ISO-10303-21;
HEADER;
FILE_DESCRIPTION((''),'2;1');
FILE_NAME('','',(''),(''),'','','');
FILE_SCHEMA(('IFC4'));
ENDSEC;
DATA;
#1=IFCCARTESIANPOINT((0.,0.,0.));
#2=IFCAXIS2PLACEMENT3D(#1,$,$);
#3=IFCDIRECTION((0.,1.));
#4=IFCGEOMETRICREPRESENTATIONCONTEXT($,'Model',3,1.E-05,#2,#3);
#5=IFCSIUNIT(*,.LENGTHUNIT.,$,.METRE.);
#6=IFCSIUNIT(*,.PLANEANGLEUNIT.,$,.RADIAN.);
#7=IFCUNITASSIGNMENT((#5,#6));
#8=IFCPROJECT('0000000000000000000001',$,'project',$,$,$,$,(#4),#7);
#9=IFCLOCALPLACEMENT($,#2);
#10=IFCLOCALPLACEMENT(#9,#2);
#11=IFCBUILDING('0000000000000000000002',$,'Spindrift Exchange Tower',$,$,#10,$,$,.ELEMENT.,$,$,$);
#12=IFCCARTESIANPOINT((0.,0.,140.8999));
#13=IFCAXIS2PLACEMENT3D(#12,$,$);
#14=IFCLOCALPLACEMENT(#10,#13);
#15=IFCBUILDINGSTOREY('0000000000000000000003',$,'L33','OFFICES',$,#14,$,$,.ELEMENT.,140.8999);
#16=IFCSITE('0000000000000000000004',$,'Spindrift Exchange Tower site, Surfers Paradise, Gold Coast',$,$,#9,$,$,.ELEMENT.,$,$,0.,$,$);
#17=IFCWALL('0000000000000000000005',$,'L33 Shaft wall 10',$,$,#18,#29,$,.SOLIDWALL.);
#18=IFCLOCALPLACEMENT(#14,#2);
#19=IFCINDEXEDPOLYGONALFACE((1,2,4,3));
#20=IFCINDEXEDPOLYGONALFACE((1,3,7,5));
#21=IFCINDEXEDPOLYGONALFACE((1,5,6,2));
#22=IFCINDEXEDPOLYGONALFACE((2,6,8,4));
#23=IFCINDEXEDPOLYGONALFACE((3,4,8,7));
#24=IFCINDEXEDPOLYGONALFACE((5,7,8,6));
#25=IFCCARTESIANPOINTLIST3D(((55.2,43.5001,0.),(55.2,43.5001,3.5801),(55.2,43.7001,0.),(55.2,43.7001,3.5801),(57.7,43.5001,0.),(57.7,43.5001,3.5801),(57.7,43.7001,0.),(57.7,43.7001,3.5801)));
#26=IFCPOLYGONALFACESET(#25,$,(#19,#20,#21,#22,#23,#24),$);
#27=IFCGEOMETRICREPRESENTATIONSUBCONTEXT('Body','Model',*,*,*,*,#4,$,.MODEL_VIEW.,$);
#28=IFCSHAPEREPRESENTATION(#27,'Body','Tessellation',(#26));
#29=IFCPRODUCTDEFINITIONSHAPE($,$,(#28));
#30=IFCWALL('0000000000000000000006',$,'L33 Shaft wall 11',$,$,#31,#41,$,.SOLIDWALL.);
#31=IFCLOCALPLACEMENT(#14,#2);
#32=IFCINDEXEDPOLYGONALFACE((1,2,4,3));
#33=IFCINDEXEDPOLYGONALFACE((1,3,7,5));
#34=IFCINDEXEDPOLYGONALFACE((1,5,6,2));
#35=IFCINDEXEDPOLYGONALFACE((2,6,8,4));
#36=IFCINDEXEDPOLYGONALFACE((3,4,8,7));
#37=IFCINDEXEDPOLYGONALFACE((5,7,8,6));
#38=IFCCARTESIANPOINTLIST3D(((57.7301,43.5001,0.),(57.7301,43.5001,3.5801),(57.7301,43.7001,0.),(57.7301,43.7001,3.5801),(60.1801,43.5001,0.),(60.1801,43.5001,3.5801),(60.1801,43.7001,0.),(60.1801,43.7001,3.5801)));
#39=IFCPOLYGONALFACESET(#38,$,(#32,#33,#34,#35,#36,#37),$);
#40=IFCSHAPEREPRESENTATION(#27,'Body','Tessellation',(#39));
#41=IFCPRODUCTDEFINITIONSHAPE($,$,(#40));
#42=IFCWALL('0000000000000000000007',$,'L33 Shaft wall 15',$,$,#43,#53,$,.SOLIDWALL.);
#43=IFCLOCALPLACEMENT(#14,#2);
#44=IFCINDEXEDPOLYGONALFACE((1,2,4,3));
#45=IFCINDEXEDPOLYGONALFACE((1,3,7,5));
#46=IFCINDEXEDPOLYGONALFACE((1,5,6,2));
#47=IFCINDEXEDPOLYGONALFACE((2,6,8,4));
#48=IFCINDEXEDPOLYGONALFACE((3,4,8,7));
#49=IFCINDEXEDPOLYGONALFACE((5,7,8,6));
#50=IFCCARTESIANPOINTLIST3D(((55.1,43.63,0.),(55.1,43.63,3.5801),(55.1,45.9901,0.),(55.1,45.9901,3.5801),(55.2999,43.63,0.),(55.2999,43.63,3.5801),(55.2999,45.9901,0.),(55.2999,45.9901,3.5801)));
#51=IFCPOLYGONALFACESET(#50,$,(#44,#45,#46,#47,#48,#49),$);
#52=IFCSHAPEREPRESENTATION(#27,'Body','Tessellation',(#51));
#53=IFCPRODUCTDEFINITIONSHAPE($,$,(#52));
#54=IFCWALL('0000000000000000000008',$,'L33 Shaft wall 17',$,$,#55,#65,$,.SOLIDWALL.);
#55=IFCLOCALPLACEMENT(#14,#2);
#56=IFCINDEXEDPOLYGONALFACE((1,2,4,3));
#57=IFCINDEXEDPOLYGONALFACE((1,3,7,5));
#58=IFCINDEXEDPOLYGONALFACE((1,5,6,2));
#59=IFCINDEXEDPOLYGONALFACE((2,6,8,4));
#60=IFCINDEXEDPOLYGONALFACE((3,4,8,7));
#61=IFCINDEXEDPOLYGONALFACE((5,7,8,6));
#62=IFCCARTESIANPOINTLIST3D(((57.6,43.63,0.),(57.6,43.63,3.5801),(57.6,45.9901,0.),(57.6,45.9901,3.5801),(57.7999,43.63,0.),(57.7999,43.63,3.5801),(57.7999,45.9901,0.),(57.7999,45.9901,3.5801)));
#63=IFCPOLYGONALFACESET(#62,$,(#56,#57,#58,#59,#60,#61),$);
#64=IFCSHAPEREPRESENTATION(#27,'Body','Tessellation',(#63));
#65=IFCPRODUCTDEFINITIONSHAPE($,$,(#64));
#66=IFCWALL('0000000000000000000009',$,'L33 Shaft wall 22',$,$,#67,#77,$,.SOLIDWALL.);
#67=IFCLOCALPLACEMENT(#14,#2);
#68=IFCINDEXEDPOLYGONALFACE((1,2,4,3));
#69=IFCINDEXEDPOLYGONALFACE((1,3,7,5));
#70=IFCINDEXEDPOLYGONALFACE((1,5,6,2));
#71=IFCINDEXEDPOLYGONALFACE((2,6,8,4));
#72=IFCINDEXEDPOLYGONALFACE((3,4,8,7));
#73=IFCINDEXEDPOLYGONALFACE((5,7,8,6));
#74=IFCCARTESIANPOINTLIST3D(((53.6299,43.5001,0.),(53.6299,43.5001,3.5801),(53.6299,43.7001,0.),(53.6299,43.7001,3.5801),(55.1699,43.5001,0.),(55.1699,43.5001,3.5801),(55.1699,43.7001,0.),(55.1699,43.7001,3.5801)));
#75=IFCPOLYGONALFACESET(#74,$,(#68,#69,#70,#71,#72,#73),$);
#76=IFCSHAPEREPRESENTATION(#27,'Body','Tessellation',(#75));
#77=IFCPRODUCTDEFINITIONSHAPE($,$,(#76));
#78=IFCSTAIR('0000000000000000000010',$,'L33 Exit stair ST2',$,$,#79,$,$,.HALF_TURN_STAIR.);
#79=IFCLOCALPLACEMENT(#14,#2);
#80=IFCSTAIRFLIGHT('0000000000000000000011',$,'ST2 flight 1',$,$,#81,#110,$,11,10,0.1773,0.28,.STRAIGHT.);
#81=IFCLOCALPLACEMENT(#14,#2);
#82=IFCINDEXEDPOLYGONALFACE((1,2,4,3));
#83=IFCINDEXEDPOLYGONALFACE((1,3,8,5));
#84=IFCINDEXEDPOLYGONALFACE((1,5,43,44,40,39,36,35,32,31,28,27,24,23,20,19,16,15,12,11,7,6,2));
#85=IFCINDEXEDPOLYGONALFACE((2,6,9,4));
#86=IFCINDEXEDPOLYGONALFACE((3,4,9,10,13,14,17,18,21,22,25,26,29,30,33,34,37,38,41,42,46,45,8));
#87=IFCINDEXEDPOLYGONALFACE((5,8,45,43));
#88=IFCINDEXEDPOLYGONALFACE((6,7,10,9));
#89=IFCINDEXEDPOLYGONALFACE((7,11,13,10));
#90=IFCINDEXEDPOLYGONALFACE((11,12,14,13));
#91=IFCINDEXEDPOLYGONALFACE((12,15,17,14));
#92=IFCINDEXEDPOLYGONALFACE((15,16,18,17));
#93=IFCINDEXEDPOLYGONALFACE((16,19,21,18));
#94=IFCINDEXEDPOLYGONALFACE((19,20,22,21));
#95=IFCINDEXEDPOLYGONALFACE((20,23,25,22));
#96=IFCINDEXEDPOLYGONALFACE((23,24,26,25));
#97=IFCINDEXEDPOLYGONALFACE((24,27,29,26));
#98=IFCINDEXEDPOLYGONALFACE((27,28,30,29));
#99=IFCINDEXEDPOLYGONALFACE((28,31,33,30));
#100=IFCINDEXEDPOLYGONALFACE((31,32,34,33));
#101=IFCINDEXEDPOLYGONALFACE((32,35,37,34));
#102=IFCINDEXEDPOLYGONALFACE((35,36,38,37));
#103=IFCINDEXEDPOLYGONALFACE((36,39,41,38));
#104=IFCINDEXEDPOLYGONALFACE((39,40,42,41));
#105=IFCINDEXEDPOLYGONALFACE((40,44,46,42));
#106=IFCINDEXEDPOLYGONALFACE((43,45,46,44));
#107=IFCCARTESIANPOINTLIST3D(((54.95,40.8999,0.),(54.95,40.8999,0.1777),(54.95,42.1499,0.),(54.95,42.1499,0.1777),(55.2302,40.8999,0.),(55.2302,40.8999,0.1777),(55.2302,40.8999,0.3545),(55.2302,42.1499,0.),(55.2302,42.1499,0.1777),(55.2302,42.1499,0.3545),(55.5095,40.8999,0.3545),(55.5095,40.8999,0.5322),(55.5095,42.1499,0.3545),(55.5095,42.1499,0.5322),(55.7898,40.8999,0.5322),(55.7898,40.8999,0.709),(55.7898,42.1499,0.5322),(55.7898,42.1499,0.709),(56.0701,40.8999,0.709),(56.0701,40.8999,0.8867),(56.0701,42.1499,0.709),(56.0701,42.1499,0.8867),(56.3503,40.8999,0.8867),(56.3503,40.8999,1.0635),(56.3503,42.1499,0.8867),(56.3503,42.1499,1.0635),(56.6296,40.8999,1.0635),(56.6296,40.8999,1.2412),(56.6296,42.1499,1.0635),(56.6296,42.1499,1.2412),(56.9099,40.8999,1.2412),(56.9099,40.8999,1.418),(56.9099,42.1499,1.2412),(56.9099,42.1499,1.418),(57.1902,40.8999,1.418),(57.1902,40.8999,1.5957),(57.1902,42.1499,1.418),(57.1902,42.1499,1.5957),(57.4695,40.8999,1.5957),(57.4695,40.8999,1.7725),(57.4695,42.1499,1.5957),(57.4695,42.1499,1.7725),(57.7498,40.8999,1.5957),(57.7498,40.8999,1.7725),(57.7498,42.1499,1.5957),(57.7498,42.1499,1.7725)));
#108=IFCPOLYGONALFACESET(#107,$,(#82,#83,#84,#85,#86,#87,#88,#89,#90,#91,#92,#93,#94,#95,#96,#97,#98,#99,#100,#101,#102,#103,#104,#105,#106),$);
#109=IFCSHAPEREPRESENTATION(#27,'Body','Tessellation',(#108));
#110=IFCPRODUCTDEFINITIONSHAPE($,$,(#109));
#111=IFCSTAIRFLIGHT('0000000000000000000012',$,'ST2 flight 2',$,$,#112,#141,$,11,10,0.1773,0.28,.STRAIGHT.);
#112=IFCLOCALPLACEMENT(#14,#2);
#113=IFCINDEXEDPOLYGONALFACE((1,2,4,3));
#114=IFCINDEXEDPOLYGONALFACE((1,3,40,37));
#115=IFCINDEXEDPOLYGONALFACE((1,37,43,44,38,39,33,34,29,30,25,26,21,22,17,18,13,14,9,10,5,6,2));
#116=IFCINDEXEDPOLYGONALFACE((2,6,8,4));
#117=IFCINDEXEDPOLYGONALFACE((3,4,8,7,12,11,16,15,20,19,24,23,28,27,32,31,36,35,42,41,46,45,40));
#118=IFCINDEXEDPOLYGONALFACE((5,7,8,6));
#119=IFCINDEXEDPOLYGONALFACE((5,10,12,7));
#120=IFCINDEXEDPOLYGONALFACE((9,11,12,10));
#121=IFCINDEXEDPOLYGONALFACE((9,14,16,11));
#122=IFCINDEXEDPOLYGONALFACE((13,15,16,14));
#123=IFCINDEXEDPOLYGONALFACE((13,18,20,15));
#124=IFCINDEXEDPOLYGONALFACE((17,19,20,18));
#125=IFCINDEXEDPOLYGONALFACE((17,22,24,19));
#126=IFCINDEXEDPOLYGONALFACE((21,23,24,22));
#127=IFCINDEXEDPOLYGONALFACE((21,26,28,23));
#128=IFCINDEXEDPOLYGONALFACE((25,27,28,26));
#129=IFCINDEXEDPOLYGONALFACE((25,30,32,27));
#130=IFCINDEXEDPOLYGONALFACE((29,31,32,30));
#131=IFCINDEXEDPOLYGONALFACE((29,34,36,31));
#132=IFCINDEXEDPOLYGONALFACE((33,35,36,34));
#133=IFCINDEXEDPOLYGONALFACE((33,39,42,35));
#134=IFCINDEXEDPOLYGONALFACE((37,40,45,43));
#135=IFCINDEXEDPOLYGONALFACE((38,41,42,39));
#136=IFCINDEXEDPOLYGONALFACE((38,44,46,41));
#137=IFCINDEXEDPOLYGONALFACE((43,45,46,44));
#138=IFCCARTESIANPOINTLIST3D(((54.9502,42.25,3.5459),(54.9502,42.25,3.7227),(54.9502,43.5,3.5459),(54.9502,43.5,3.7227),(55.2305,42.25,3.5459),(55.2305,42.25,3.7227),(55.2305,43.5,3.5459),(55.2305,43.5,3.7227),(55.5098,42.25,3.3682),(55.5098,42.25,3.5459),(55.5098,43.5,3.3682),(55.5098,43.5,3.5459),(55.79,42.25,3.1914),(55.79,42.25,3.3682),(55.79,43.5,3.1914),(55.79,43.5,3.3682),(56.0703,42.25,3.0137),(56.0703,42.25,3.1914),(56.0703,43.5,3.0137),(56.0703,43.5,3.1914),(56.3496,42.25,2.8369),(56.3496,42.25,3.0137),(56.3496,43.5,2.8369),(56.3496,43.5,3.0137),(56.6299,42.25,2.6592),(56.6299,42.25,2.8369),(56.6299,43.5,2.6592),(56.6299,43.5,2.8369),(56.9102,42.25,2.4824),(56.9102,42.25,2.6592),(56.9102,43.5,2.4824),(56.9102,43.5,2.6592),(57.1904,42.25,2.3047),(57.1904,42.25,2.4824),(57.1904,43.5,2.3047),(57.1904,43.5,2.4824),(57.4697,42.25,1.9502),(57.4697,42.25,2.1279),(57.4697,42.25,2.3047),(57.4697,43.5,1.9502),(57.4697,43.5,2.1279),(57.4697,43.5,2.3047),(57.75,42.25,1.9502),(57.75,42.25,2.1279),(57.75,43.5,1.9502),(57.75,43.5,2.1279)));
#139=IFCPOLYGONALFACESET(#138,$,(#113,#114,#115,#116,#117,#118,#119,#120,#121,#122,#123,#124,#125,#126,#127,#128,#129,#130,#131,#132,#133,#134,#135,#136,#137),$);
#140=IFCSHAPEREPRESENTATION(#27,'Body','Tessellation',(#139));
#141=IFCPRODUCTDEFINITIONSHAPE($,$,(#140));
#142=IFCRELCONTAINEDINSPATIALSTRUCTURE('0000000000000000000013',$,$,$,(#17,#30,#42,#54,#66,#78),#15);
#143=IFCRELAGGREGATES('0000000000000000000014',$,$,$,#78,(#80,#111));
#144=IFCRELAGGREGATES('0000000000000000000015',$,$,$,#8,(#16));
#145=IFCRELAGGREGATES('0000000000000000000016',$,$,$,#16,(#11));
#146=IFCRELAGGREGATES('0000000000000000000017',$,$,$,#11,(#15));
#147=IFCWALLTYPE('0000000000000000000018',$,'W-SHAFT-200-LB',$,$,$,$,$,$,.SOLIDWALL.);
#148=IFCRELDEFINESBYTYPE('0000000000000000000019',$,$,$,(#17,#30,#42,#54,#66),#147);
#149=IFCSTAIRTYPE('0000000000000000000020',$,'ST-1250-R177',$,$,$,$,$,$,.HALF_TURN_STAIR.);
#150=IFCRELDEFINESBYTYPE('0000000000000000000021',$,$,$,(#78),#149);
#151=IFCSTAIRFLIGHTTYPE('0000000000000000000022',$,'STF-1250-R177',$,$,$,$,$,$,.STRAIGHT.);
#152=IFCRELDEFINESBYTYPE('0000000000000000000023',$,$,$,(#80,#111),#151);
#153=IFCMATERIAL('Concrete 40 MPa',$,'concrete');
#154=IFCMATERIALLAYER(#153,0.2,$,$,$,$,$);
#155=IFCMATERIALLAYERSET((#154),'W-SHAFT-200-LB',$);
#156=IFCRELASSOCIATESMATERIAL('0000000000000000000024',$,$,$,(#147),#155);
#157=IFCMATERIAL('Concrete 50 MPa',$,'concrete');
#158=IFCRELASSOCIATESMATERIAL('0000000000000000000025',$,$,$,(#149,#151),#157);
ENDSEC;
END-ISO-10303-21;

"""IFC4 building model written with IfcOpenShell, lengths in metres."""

from ifc_helpers import new_model, si_unit, direction, frame, frame_2d, origin, place, context, subcontext, project, spatial, line, indexed_curve, rectangle, outline, extrude, material, layer, layer_set, type_object, element, aggregate, save


model = new_model("IFC4")

# Units and contexts
model_context = context("Model", 3, precision=1e-05, world=origin(), true_north=direction((0.0, 1.0)))
body_context = subcontext(model_context, "Body", "Model", "MODEL_VIEW")
ifc_project = project(units=[si_unit("LENGTHUNIT", "METRE"), si_unit("PLANEANGLEUNIT", "RADIAN")], contexts=[model_context])

# Site, building, storey
site_placement = place(None, origin())
site = spatial("IfcSite", under=ifc_project, at=site_placement, Name="Spindrift Exchange Tower site, Surfers Paradise, Gold Coast", CompositionType="ELEMENT", RefElevation=0.0)
building_placement = place(site_placement, origin())
building = spatial("IfcBuilding", under=site, at=building_placement, Name="Spindrift Exchange Tower", CompositionType="ELEMENT")
storey_placement = place(building_placement, frame((0.0, 0.0, 140.8999)))
storey = spatial("IfcBuildingStorey", under=building, at=storey_placement, Name="L33", Description="OFFICES", CompositionType="ELEMENT", Elevation=140.8999)

# Shared definitions
ifc_material_1 = material(Name="Concrete 40 MPa", Category="concrete")
ifc_layer = layer(ifc_material_1, 0.2)
ifc_layer_set = layer_set([ifc_layer], Name="W-SHAFT-200-LB")
wall_type = type_object("IfcWallType", Name="W-SHAFT-200-LB", PredefinedType="SOLIDWALL", material=ifc_layer_set)

# Walls
wall_1_placement = place(storey_placement, frame((55.2, 43.6001, 0.0), z_axis=(0.0, 0.0, 1.0), x_axis=(1.0, 0.0, 0.0)))
element("IfcWall", 1, at=wall_1_placement, inside=storey, type_object=wall_type, Name="L33 Shaft wall 10", PredefinedType="SOLIDWALL", context=body_context, shape_type="SweptSolid", body=[
    extrude(rectangle(XDim=2.5, YDim=0.2, at=frame_2d((1.25, 0.0))), origin(), (0.0, 0.0, 1.0), 3.5801),
])
wall_2_placement = place(storey_placement, frame((57.73, 43.6001, 0.0), z_axis=(0.0, 0.0, 1.0), x_axis=(1.0, 0.0, 0.0)))
element("IfcWall", 2, at=wall_2_placement, inside=storey, type_object=wall_type, Name="L33 Shaft wall 11", PredefinedType="SOLIDWALL", context=body_context, shape_type="SweptSolid", body=[
    extrude(rectangle(XDim=2.45, YDim=0.2, at=frame_2d((1.2251, 0.0))), origin(), (0.0, 0.0, 1.0), 3.5801),
])
for number, where, z_axis, x_axis, name in (
    (3, (55.2, 43.6299, 0.0), (0.0, 0.0, 1.0), (0.0, 1.0, 0.0), "L33 Shaft wall 15"),
    (4, (57.7, 43.6299, 0.0), (0.0, 0.0, 1.0), (0.0, 1.0, 0.0), "L33 Shaft wall 17"),
):
    element("IfcWall", number, at=place(storey_placement, frame(where, z_axis=z_axis, x_axis=x_axis)), inside=storey, type_object=wall_type, Name=name, PredefinedType="SOLIDWALL", context=body_context, shape_type="SweptSolid", body=[
        extrude(rectangle(XDim=2.3601, YDim=0.2, at=frame_2d((1.1802, 0.0))), origin(), (0.0, 0.0, 1.0), 3.5801),
    ])
wall_3_placement = place(storey_placement, frame((53.6299, 43.6001, 0.0), z_axis=(0.0, 0.0, 1.0), x_axis=(1.0, 0.0, 0.0)))
element("IfcWall", 5, at=wall_3_placement, inside=storey, type_object=wall_type, Name="L33 Shaft wall 22", PredefinedType="SOLIDWALL", context=body_context, shape_type="SweptSolid", body=[
    extrude(rectangle(XDim=1.54, YDim=0.2, at=frame_2d((0.77, 0.0))), origin(), (0.0, 0.0, 1.0), 3.5801),
])

# Stair, stair flights
ifc_material_2 = material(Name="Concrete 50 MPa", Category="concrete")
stair_type = type_object("IfcStairType", Name="ST-1250-R177", PredefinedType="HALF_TURN_STAIR", material=ifc_material_2)
stair_placement = place(storey_placement, origin())
stair = element("IfcStair", 6, at=stair_placement, inside=storey, type_object=stair_type, Name="L33 Exit stair ST2", PredefinedType="HALF_TURN_STAIR")
stair_flight_type = type_object("IfcStairFlightType", Name="STF-1250-R177", PredefinedType="STRAIGHT", material=ifc_material_2)
stair_flight_1_placement = place(storey_placement, frame((54.95, 41.5249, 0.0), z_axis=(0.0, 0.0, 1.0), x_axis=(1.0, 0.0, 0.0)))
stair_flight_1 = element("IfcStairFlight", 7, at=stair_flight_1_placement, type_object=stair_flight_type, Name="ST2 flight 1", NumberOfRisers=11, NumberOfTreads=10, PredefinedType="STRAIGHT", RiserHeight=0.1773, TreadLength=0.28, context=body_context, shape_type="SweptSolid", body=[
    extrude(outline(indexed_curve([(0.0, 0.0), (0.0, 0.1777), (0.2803, 0.1777), (0.2803, 0.3545), (0.5596, 0.3545), (0.5596, 0.5322), (0.8398, 0.5322), (0.8398, 0.709), (1.1201, 0.709), (1.1201, 0.8867), (1.4004, 0.8867), (1.4004, 1.0635), (1.6797, 1.0635), (1.6797, 1.2412), (1.96, 1.2412), (1.96, 1.418), (2.2402, 1.418), (2.2402, 1.5957), (2.5195, 1.5957), (2.5195, 1.7725), (2.7998, 1.7725), (2.7998, 1.9502), (2.7998, 1.5957), (0.2803, 0.0)], segments=[line(1, 2, 3, 4, 5, 6, 7, 8, 9, 10, 11, 12, 13, 14, 15, 16, 17, 18, 19, 20, 21, 22, 23, 24, 1)], self_intersect=False)), frame((0.0, 0.625, 0.0), z_axis=(0.0, -1.0, 0.0), x_axis=(1.0, 0.0, 0.0)), (0.0, 0.0, 1.0), 1.25),
])
stair_flight_2_placement = place(storey_placement, frame((57.75, 42.875, 1.9502), z_axis=(0.0, 0.0, 1.0), x_axis=(-1.0, 0.0, 0.0)))
stair_flight_2 = element("IfcStairFlight", 8, at=stair_flight_2_placement, type_object=stair_flight_type, Name="ST2 flight 2", NumberOfRisers=11, NumberOfTreads=10, PredefinedType="STRAIGHT", RiserHeight=0.1773, TreadLength=0.28, context=body_context, shape_type="SweptSolid", body=[
    extrude(outline(indexed_curve([(0.0, 0.0), (0.0, 0.1777), (0.2803, 0.1777), (0.2803, 0.3545), (0.5596, 0.3545), (0.5596, 0.5322), (0.8398, 0.5322), (0.8398, 0.709), (1.1201, 0.709), (1.1201, 0.8867), (1.4004, 0.8867), (1.4004, 1.0635), (1.6797, 1.0635), (1.6797, 1.2412), (1.96, 1.2412), (1.96, 1.418), (2.2402, 1.418), (2.2402, 1.5957), (2.5195, 1.5957), (2.5195, 1.7725), (2.7998, 1.7725), (2.7998, 1.9502), (2.7998, 1.5957), (0.2803, 0.0)], segments=[line(1, 2, 3, 4, 5, 6, 7, 8, 9, 10, 11, 12, 13, 14, 15, 16, 17, 18, 19, 20, 21, 22, 23, 24, 1)], self_intersect=False)), frame((0.0, 0.625, 0.0), z_axis=(0.0, -1.0, 0.0), x_axis=(1.0, 0.0, 0.0)), (0.0, 0.0, 1.0), 1.25),
])
aggregate(stair, [stair_flight_1, stair_flight_2])

save(model, "model.ifc")
